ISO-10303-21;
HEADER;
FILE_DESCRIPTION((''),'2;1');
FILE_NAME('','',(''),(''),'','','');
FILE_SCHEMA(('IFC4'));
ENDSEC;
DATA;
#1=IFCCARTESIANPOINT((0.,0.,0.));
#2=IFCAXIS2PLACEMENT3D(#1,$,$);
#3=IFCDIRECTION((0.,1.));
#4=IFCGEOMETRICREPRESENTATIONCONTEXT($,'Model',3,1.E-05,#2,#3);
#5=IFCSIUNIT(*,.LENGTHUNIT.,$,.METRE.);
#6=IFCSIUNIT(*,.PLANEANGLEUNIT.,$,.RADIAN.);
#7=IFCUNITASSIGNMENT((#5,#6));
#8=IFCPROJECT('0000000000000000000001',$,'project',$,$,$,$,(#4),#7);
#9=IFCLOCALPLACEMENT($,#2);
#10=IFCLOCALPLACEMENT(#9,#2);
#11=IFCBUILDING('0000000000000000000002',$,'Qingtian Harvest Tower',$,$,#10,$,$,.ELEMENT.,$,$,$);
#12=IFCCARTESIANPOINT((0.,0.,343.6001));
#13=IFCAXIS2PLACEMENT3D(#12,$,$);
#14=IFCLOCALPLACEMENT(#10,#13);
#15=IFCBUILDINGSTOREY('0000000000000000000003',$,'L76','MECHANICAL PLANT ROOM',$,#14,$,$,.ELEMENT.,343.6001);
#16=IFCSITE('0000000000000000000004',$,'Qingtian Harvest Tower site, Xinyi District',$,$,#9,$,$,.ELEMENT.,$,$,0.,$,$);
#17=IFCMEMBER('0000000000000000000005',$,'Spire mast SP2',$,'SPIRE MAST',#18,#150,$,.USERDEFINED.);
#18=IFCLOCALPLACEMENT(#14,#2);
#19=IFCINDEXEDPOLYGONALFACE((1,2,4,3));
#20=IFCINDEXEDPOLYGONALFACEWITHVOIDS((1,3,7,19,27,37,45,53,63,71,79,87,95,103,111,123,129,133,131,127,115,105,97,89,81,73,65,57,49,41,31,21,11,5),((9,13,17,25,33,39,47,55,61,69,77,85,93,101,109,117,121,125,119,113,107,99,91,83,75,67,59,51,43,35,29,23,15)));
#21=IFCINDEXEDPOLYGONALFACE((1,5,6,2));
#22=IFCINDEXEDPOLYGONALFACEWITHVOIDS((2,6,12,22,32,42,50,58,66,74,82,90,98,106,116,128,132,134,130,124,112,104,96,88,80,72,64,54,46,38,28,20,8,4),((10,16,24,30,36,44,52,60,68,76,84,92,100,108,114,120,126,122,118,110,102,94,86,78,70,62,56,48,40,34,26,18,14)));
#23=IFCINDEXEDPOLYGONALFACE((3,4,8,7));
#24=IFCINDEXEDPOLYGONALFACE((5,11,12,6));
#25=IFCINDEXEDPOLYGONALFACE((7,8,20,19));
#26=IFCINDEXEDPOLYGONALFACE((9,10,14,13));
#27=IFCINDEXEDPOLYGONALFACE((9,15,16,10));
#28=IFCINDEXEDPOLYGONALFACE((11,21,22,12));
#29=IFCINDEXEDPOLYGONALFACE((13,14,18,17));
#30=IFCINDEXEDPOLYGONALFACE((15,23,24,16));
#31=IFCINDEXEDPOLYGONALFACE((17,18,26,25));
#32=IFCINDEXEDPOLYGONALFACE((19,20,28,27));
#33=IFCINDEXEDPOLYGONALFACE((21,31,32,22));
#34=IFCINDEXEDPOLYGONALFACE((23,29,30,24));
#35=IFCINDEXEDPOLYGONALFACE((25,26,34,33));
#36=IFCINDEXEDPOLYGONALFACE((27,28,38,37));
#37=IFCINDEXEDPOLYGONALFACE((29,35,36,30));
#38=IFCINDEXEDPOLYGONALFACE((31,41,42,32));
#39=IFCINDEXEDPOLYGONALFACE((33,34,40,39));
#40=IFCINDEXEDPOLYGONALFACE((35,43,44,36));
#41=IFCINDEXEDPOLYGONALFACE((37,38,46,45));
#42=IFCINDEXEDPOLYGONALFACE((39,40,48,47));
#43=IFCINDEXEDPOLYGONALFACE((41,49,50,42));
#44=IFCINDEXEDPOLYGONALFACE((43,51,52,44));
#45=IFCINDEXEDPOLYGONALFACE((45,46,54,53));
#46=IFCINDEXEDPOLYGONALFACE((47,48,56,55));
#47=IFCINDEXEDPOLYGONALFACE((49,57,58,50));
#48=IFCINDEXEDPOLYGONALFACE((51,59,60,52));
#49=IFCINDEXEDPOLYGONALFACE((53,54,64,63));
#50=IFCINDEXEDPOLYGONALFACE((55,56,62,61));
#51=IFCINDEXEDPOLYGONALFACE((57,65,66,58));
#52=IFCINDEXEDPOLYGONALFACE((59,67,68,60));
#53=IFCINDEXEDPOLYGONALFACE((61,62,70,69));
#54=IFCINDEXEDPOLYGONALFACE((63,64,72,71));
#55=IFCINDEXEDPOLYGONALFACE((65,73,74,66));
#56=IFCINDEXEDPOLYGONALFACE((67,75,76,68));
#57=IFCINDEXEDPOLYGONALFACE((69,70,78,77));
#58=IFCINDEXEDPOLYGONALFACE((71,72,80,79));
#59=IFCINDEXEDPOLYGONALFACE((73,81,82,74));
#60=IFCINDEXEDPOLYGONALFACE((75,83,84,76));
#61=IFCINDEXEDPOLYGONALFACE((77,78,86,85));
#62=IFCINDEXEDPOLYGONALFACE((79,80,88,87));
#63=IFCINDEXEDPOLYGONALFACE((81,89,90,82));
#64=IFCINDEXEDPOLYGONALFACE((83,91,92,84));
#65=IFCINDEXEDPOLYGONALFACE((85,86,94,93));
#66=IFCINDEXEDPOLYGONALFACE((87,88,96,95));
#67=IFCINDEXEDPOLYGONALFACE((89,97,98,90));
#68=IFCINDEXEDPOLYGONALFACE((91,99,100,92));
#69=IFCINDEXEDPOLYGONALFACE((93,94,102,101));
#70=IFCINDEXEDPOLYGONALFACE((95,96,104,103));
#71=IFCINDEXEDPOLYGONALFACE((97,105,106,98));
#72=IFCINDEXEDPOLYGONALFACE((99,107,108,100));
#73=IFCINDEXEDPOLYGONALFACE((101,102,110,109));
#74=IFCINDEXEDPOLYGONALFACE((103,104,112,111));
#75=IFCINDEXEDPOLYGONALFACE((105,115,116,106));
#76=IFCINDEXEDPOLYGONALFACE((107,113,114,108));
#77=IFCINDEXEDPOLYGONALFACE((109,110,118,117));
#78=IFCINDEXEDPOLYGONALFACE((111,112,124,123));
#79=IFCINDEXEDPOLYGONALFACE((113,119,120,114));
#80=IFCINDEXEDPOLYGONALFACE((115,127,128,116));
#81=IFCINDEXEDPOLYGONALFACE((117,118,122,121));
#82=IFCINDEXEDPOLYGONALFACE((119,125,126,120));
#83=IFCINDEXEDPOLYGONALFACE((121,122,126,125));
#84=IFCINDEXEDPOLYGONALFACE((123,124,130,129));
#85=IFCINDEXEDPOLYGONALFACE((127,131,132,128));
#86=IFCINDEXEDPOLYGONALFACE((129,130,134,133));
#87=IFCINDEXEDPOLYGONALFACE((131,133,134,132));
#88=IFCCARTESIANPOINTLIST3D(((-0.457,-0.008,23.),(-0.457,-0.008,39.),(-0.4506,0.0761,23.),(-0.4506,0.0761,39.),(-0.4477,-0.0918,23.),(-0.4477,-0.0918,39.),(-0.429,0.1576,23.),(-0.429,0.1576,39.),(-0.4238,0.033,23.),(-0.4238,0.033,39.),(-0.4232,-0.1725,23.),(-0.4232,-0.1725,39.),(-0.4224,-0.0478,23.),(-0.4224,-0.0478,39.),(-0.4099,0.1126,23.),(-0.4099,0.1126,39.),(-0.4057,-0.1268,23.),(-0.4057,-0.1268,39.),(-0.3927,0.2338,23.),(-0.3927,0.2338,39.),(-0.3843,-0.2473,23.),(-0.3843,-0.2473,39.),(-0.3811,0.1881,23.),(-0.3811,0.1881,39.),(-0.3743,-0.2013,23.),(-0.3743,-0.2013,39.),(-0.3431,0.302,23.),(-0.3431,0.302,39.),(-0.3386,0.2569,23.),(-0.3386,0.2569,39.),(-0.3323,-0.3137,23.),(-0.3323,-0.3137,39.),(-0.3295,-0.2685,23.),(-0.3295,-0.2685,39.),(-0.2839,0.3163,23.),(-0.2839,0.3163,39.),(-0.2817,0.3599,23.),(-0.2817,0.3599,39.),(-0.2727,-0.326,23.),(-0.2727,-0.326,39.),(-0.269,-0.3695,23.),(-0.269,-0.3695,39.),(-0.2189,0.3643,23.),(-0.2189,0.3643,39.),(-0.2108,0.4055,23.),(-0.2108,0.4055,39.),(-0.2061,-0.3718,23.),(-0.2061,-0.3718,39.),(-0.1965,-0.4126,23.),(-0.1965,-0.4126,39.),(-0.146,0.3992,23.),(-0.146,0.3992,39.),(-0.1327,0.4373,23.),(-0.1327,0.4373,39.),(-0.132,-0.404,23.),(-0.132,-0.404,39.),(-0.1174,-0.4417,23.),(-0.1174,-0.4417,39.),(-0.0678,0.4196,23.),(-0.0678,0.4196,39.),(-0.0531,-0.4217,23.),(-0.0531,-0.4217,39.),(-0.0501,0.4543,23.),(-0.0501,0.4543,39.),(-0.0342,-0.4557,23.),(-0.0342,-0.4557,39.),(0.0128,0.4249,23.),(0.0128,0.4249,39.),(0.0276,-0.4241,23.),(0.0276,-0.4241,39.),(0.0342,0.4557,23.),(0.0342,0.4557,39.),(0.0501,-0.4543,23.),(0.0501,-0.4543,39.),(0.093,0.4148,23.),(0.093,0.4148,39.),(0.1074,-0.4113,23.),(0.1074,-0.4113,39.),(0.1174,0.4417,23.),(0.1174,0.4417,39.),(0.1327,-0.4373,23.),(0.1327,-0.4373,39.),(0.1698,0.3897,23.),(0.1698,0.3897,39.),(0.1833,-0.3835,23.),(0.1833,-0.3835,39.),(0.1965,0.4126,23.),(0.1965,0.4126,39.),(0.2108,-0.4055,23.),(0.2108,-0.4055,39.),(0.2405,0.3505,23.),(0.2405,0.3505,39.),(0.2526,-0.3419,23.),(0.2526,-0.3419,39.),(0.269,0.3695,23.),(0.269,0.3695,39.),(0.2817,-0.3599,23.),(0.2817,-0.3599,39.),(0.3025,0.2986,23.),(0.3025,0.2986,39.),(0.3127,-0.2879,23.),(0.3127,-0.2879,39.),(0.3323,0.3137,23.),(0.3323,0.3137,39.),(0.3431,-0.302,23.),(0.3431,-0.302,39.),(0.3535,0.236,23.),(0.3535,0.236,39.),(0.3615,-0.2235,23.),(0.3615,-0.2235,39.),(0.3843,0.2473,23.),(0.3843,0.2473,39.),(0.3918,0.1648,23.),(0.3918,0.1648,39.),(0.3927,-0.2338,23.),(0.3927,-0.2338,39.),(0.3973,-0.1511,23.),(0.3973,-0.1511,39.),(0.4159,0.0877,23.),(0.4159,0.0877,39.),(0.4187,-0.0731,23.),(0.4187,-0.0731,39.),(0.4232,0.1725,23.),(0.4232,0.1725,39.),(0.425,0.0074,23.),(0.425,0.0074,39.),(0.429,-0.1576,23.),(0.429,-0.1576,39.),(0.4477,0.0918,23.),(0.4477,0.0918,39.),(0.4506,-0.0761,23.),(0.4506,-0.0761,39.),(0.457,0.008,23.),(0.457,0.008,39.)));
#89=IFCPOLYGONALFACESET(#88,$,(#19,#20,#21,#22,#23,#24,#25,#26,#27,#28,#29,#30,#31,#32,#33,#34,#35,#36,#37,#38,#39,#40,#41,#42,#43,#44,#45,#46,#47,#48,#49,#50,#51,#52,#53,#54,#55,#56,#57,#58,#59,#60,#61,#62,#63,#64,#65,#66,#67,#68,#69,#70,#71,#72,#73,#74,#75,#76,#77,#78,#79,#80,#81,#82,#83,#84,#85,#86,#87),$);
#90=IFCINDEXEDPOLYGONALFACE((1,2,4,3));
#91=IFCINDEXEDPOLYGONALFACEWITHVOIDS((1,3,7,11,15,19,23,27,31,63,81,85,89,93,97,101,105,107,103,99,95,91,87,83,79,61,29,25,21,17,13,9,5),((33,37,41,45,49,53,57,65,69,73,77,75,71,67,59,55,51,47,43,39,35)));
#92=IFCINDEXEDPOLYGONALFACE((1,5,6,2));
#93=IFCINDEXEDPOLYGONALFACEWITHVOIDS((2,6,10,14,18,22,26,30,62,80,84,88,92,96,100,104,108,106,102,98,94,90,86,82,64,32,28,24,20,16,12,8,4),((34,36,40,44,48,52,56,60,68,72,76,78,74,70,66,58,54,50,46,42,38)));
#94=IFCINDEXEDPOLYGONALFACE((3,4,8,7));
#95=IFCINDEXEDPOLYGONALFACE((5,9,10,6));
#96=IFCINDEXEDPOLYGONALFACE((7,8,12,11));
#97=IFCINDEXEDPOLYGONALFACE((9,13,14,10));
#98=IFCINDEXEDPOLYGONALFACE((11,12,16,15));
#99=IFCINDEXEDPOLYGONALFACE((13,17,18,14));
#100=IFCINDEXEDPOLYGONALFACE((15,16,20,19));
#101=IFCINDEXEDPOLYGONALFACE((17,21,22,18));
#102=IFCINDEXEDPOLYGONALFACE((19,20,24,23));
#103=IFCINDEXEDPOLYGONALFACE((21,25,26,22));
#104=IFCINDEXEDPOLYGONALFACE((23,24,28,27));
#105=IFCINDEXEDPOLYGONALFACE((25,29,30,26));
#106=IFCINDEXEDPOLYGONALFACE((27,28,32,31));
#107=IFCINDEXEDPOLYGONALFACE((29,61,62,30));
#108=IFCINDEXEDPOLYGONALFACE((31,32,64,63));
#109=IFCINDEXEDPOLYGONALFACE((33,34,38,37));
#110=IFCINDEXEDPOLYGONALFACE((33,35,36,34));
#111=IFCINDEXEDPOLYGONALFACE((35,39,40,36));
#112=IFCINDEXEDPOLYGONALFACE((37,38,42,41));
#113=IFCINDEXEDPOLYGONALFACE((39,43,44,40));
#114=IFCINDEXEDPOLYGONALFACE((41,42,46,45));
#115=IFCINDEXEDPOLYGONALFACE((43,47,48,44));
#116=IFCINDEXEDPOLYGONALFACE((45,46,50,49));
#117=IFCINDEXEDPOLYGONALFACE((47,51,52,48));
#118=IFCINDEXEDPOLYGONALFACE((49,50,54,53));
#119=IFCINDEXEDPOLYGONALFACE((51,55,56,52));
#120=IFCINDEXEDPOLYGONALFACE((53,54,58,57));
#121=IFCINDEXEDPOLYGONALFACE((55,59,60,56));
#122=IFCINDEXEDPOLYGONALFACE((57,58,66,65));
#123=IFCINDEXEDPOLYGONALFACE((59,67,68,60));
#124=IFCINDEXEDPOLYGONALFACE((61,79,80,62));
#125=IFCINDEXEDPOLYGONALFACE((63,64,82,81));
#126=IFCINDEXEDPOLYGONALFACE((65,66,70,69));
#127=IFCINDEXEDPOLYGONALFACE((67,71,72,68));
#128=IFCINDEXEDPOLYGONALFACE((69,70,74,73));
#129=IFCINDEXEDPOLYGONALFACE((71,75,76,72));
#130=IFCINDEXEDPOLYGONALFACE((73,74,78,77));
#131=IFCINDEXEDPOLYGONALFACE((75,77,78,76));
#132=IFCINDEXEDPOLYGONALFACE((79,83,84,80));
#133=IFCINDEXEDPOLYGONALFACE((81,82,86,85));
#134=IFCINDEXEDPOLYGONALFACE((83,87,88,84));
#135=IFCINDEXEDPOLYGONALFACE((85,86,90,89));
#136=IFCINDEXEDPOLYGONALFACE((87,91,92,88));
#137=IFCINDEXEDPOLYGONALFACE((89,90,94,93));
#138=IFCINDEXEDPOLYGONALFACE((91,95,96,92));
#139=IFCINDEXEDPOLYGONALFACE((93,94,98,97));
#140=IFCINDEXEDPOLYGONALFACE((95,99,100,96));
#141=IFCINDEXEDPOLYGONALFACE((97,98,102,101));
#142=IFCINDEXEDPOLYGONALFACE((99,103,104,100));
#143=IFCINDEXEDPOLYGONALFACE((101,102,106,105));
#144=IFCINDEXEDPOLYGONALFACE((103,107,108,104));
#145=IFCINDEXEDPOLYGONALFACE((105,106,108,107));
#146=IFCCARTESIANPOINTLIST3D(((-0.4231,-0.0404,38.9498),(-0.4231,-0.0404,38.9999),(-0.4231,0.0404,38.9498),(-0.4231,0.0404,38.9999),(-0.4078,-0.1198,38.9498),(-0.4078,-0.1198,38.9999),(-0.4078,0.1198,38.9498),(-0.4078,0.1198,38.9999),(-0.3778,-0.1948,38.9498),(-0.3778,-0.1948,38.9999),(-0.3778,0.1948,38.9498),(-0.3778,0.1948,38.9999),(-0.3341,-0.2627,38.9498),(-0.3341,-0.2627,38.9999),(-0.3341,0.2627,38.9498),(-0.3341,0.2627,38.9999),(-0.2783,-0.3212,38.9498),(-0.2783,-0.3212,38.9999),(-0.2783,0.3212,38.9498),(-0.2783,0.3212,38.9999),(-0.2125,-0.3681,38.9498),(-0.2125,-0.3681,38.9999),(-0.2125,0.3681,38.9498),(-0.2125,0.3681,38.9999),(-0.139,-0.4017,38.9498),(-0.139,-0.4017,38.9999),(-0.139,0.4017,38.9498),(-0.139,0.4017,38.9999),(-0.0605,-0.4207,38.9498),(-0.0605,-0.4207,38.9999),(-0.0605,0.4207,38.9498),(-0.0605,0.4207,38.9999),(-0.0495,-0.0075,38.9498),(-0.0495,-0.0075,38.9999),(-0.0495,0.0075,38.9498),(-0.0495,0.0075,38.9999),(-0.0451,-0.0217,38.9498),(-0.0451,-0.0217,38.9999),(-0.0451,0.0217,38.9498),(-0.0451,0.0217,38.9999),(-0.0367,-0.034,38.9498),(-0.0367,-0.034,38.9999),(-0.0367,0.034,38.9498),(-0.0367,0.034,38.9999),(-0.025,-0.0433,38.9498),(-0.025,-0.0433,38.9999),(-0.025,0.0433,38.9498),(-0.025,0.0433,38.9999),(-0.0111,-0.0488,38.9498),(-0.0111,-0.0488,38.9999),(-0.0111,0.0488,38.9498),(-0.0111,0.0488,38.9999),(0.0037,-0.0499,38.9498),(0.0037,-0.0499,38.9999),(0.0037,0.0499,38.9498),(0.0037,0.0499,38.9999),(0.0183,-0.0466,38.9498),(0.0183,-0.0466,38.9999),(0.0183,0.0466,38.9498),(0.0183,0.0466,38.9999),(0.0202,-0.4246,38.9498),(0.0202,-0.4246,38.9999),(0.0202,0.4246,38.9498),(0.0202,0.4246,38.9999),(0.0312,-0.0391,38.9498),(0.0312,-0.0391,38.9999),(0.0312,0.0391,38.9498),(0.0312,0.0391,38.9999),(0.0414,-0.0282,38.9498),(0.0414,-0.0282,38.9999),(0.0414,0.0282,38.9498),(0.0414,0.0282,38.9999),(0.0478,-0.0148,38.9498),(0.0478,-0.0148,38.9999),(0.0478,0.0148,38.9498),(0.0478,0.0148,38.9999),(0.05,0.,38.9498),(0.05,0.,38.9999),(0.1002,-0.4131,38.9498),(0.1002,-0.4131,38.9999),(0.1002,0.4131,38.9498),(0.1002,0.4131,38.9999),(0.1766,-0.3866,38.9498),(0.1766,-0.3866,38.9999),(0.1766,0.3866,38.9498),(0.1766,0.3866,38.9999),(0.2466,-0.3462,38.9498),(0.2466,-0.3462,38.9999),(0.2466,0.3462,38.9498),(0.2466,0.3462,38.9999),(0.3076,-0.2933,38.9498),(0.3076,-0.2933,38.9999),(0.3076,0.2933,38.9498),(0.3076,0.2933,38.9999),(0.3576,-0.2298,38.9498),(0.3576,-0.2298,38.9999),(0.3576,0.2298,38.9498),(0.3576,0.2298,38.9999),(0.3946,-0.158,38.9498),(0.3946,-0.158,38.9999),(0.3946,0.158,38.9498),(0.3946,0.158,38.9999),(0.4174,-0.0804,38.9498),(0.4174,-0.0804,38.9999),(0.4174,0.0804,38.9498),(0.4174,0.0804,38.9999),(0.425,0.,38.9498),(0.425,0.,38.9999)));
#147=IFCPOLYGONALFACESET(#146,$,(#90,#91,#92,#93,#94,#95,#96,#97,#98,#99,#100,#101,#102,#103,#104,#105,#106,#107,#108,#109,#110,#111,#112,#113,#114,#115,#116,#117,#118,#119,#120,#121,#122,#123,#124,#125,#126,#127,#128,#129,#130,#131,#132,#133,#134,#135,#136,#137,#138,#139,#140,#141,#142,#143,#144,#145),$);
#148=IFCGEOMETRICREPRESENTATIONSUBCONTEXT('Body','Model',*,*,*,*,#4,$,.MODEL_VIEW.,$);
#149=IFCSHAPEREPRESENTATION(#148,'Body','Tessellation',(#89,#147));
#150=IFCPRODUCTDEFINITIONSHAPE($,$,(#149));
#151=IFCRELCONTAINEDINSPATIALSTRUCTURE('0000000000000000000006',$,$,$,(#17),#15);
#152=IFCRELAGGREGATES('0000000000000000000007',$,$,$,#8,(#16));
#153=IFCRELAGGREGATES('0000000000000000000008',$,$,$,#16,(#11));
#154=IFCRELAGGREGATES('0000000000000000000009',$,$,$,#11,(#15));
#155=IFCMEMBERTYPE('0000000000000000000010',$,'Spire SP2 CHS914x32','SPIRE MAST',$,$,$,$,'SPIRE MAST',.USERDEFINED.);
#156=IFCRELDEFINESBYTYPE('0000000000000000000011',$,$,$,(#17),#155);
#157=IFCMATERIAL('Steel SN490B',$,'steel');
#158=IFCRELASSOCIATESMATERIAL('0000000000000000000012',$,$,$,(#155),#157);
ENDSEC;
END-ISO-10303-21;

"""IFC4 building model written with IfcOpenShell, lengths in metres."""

from ifc_helpers import new_model, entity, si_unit, direction, frame, frame_2d, origin, place, context, subcontext, project, spatial, hollow_circle, extrude, material, material_profile, profile_set, type_object, element, save


model = new_model("IFC4")

# Units and contexts
model_context = context("Model", 3, precision=1e-05, world=origin(), true_north=direction((0.0, 1.0)))
body_context = subcontext(model_context, "Body", "Model", "MODEL_VIEW")
ifc_project = project(units=[si_unit("LENGTHUNIT", "METRE"), si_unit("PLANEANGLEUNIT", "RADIAN")], contexts=[model_context])

# Site, building, storey
site_placement = place(None, origin())
site = spatial("IfcSite", under=ifc_project, at=site_placement, Name="Qingtian Harvest Tower site, Xinyi District", CompositionType="ELEMENT", RefElevation=0.0)
building_placement = place(site_placement, origin())
building = spatial("IfcBuilding", under=site, at=building_placement, Name="Qingtian Harvest Tower", CompositionType="ELEMENT")
storey_placement = place(building_placement, frame((0.0, 0.0, 343.6001)))
storey = spatial("IfcBuildingStorey", under=building, at=storey_placement, Name="L76", Description="MECHANICAL PLANT ROOM", CompositionType="ELEMENT", Elevation=343.6001)

# Member
ifc_material_1 = material(Name="Steel SN490B", Category="steel")
ifc_material_profile_1 = material_profile(ifc_material_1, hollow_circle(Radius=0.457, WallThickness=0.032, at=frame_2d((0.0, 0.0), x_axis=(0.999848, 0.017452))), Name="CHS914x32")
ifc_profile_set_1 = profile_set([ifc_material_profile_1], Name="Steel SN490B")
member_type_1 = type_object("IfcMemberType", Name="Spire SP2 CHS914x32", Description="SPIRE MAST", ElementType="SPIRE MAST", PredefinedType="USERDEFINED", material=ifc_profile_set_1)
member_1_placement = place(storey_placement, frame((0.0, 0.0, 23.0), z_axis=(0.0, 0.0, 1.0), x_axis=(1.0, 0.0, 0.0)))
element("IfcMember", 1, at=member_1_placement, inside=storey, type_object=member_type_1, Name="Spire mast SP2", ObjectType="SPIRE MAST", PredefinedType="USERDEFINED", context=body_context, shape_type="SweptSolid", body=[
    extrude(hollow_circle(Radius=0.457, WallThickness=0.032, at=frame_2d((0.0, 0.0), x_axis=(0.999848, 0.017452))), origin(), (0.0, 0.0, 1.0), 16.0),
    entity("IfcRevolvedAreaSolid", entity("IfcRectangleProfileDef", "AREA", None, entity("IfcAxis2Placement2D", entity("IfcCartesianPoint", [0.2375, 0.0249])), 0.375, 0.05), entity("IfcAxis2Placement3D", entity("IfcCartesianPoint", [0.0, 0.0, 15.95]), entity("IfcDirection", [0.0, -1.0, 0.0]), entity("IfcDirection", [1.0, 0.0, 0.0])), entity("IfcAxis1Placement", entity("IfcCartesianPoint", [0.0, 0.0, 0.0]), entity("IfcDirection", [0.0, 1.0, 0.0])), 6.283185),
])

save(model, "model.ifc")
